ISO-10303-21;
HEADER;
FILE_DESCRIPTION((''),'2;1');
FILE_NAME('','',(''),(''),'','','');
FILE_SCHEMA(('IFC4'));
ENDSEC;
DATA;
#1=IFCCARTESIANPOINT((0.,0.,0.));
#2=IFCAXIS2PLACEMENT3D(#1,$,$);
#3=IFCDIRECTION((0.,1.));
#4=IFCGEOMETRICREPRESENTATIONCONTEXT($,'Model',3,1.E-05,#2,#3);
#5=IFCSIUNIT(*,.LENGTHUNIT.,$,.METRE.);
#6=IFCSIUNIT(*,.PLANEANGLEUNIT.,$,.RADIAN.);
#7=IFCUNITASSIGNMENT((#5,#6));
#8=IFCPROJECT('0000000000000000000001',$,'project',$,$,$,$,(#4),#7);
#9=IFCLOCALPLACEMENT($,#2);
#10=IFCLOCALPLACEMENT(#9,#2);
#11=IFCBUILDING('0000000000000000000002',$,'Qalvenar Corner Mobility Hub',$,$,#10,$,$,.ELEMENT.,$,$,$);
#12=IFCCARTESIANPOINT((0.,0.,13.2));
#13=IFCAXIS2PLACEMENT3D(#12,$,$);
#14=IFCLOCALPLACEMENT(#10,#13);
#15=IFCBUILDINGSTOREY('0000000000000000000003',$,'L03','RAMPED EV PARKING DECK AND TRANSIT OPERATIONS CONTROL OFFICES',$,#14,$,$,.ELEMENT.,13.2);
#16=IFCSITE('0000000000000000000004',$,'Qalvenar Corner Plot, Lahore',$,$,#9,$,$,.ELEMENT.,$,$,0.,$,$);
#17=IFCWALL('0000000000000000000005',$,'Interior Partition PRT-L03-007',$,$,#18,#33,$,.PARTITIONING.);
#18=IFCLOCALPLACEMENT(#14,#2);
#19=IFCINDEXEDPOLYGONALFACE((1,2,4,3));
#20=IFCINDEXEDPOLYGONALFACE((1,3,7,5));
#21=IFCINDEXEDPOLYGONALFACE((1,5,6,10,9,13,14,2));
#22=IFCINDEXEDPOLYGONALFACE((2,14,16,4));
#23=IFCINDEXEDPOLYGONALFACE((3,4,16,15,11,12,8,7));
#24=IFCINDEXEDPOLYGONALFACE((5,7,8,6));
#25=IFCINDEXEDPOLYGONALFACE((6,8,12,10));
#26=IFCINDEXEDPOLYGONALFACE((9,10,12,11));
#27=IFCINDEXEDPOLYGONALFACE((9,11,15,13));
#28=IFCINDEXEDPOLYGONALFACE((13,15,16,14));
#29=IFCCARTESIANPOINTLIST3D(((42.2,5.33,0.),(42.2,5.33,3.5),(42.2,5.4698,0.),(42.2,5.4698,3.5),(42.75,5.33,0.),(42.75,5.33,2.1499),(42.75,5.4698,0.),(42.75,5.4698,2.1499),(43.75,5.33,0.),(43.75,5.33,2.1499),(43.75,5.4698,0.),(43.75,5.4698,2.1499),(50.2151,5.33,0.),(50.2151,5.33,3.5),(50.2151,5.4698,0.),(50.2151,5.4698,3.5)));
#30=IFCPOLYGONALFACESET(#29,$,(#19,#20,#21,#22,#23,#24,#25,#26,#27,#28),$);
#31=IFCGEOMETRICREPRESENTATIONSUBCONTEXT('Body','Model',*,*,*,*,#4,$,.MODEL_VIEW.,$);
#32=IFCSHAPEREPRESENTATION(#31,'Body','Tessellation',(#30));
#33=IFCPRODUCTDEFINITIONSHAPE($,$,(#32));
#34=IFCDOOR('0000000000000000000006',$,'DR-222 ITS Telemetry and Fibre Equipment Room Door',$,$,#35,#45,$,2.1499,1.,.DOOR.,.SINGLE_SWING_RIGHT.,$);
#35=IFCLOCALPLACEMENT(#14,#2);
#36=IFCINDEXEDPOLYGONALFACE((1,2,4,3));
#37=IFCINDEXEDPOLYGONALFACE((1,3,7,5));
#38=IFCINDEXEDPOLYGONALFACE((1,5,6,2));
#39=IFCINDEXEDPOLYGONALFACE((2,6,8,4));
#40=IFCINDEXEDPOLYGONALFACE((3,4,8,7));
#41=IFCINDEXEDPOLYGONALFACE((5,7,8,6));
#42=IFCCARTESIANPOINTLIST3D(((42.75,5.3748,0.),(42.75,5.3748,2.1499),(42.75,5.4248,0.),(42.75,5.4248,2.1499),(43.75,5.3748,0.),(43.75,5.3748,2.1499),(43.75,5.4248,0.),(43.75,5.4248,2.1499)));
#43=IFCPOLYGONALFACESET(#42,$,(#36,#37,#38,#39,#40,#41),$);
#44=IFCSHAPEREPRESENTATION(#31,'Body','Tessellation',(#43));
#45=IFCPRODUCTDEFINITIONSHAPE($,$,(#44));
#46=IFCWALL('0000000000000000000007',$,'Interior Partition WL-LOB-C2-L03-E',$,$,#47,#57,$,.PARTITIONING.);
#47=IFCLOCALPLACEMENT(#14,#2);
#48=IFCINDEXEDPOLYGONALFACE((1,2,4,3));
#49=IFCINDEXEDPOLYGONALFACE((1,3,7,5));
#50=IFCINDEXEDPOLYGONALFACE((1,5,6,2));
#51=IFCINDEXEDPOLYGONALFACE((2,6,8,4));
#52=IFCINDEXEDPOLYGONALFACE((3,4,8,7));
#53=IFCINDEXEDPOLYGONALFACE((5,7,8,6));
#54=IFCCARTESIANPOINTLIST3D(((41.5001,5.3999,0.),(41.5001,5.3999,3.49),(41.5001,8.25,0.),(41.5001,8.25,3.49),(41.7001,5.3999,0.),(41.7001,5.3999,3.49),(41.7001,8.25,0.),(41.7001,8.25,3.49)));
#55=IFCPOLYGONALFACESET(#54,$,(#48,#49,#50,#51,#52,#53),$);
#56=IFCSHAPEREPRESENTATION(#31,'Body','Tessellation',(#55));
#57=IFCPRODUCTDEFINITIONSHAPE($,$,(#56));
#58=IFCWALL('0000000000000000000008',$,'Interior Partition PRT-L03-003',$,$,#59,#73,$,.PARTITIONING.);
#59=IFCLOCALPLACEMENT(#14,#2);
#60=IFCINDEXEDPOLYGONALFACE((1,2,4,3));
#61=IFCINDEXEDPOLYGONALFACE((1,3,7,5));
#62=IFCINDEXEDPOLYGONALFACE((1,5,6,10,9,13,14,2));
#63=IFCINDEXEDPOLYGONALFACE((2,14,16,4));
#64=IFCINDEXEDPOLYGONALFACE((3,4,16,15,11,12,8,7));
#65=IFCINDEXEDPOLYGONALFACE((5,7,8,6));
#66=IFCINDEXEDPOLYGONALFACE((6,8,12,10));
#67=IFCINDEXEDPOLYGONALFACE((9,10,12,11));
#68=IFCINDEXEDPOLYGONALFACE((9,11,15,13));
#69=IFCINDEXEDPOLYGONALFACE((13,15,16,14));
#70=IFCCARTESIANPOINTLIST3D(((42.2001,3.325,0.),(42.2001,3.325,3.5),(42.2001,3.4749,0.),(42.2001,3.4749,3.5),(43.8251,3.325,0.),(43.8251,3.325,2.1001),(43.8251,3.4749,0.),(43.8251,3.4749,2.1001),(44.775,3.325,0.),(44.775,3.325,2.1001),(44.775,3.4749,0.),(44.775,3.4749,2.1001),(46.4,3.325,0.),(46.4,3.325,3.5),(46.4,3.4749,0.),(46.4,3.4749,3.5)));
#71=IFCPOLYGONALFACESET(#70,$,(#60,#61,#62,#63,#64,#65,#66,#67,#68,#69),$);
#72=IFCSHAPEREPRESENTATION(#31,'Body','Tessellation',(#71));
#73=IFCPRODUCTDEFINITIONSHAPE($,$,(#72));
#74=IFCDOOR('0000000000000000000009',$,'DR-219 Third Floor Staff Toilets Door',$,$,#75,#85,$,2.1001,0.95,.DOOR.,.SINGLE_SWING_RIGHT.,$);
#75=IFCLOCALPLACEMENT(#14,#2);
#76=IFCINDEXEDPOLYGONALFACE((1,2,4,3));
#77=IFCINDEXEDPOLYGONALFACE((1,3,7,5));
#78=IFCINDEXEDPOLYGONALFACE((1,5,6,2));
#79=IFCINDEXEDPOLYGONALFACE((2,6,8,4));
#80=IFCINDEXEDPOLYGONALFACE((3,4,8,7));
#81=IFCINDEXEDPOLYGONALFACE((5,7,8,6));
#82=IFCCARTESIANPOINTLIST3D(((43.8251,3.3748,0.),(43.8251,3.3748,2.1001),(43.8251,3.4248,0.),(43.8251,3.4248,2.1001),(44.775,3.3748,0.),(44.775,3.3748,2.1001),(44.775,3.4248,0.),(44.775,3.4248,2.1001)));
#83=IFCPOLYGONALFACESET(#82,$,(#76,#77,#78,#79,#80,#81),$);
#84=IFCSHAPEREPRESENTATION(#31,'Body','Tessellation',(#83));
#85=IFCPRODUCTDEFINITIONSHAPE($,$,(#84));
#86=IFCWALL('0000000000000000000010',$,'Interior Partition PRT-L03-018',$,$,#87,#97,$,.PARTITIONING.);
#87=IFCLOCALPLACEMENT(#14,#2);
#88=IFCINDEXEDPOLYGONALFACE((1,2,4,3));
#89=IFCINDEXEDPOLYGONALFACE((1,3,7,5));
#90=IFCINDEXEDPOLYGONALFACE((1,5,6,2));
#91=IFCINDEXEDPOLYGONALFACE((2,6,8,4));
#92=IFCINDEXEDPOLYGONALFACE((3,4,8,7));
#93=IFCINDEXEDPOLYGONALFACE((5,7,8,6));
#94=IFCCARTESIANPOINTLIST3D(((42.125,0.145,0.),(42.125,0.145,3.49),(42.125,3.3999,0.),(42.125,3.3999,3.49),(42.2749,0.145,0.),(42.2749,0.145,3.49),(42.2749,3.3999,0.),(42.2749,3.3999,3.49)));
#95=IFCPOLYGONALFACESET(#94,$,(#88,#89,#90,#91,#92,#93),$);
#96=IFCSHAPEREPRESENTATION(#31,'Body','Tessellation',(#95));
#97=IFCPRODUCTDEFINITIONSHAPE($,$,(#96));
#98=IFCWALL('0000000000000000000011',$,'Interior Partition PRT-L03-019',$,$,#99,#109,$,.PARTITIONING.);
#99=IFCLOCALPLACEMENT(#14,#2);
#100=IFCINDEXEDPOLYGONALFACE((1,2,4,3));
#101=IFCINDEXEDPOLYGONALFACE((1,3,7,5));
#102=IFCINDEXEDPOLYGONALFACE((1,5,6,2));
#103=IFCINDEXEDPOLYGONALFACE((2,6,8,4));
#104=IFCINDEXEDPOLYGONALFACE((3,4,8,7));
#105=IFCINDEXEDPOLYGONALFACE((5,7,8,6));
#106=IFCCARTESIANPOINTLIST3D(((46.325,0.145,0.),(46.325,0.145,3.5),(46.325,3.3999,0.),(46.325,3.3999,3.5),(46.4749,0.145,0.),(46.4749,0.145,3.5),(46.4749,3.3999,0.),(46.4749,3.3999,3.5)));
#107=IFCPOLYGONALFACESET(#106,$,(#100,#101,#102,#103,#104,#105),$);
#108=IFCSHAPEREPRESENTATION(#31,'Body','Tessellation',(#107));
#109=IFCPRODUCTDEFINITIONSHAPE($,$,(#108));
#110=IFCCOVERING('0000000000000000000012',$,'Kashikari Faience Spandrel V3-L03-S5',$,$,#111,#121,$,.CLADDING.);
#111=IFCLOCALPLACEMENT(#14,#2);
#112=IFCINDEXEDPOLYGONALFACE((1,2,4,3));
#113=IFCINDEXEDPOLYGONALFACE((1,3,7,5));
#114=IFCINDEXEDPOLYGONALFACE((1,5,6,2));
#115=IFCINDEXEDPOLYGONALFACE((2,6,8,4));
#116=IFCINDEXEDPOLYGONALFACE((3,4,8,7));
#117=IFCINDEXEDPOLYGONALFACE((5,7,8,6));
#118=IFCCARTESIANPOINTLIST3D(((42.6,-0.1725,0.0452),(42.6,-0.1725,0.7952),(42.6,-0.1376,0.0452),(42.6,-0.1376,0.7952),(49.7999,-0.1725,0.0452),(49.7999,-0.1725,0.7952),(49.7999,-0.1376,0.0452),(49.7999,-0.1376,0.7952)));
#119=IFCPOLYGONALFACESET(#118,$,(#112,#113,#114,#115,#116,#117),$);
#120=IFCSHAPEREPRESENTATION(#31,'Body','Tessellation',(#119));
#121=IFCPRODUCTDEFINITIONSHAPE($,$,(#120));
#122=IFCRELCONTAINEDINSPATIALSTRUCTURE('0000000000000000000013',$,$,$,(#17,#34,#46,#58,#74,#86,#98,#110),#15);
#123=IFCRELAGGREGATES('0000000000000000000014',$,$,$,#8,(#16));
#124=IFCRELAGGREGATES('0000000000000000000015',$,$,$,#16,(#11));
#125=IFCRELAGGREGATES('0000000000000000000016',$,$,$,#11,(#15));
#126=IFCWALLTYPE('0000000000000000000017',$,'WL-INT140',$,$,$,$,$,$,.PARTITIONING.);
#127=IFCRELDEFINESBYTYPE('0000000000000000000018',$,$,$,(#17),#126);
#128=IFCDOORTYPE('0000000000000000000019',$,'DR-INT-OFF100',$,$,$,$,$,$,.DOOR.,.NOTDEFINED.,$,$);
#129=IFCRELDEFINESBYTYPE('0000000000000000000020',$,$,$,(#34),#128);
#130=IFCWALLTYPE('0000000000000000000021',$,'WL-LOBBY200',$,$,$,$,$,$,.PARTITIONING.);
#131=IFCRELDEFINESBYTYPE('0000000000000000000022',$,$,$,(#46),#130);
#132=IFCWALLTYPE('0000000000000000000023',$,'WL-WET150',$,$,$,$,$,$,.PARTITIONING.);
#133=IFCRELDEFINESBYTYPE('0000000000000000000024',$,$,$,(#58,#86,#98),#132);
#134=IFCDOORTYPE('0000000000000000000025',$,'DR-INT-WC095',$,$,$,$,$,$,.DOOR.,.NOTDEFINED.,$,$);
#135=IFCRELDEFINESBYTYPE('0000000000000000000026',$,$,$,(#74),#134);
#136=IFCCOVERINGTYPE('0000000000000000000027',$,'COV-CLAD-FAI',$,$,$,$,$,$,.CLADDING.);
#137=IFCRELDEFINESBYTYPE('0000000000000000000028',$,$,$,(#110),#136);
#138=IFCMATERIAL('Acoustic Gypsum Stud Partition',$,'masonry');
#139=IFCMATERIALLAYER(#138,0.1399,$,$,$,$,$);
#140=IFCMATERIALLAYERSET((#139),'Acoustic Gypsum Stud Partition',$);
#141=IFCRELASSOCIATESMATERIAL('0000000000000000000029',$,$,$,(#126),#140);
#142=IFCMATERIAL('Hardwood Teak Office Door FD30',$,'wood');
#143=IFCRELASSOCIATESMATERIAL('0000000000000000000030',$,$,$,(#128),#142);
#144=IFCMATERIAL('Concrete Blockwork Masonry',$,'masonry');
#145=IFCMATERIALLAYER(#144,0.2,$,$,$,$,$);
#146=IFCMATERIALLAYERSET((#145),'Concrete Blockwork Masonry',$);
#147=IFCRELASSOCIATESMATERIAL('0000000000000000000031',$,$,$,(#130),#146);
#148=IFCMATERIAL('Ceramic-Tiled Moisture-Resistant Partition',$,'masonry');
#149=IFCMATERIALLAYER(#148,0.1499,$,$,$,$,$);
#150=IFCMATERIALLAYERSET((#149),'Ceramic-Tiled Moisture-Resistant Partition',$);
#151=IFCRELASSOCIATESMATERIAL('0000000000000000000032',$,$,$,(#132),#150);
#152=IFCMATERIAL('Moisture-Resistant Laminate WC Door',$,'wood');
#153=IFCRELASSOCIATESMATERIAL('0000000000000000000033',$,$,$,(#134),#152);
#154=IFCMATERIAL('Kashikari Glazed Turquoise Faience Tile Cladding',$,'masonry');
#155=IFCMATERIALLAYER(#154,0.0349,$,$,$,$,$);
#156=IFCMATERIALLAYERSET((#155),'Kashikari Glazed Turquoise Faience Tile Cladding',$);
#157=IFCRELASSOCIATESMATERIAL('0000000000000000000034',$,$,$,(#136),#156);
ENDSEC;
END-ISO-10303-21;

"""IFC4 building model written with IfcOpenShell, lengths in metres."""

from ifc_helpers import new_model, si_unit, direction, frame, frame_2d, origin, origin_2d, place, context, subcontext, project, spatial, rectangle, extrude, material, layer, layer_set, type_object, element, fill, save


model = new_model("IFC4")

# Units and contexts
model_context = context("Model", 3, precision=1e-05, world=origin(), true_north=direction((0.0, 1.0)))
body_context = subcontext(model_context, "Body", "Model", "MODEL_VIEW")
ifc_project = project(units=[si_unit("LENGTHUNIT", "METRE"), si_unit("PLANEANGLEUNIT", "RADIAN")], contexts=[model_context])

# Site, building, storey
site_placement = place(None, origin())
site = spatial("IfcSite", under=ifc_project, at=site_placement, Name="Qalvenar Corner Plot, Lahore", CompositionType="ELEMENT", RefElevation=0.0)
building_placement = place(site_placement, origin())
building = spatial("IfcBuilding", under=site, at=building_placement, Name="Qalvenar Corner Mobility Hub", CompositionType="ELEMENT")
storey_placement = place(building_placement, frame((0.0, 0.0, 13.2)))
storey = spatial("IfcBuildingStorey", under=building, at=storey_placement, Name="L03", Description="RAMPED EV PARKING DECK AND TRANSIT OPERATIONS CONTROL OFFICES", CompositionType="ELEMENT", Elevation=13.2)

# Wall, opening, door
ifc_material_1 = material(Name="Acoustic Gypsum Stud Partition", Category="masonry")
ifc_layer_1 = layer(ifc_material_1, 0.1399)
ifc_layer_set_1 = layer_set([ifc_layer_1], Name="Acoustic Gypsum Stud Partition")
wall_type_1 = type_object("IfcWallType", Name="WL-INT140", PredefinedType="PARTITIONING", material=ifc_layer_set_1)
wall_1_placement = place(storey_placement, frame((42.2, 5.3999, 0.0), z_axis=(0.0, 0.0, 1.0), x_axis=(1.0, 0.0, 0.0)))
wall_1 = element("IfcWall", 1, at=wall_1_placement, inside=storey, type_object=wall_type_1, Name="Interior Partition PRT-L03-007", PredefinedType="PARTITIONING", context=body_context, shape_type="SweptSolid", body=[
    extrude(rectangle(XDim=8.0151, YDim=0.1399, at=frame_2d((4.0076, 0.0))), origin(), (0.0, 0.0, 1.0), 3.5),
])
opening_1_placement = place(wall_1_placement, frame((0.55, 0.0, 0.0)))
opening_1 = element("IfcOpeningElement", 2, at=opening_1_placement, cuts=wall_1, PredefinedType="OPENING", context=body_context, shape_type="SweptSolid", body=[
    extrude(rectangle(XDim=1.0, YDim=2.1499, at=frame_2d((0.5, 1.075))), frame((0.0, 0.0801, 0.0), z_axis=(0.0, -1.0, 0.0), x_axis=(1.0, 0.0, 0.0)), (0.0, 0.0, 1.0), 0.1599),
])
ifc_material_2 = material(Name="Hardwood Teak Office Door FD30", Category="wood")
door_type_1 = type_object("IfcDoorType", Name="DR-INT-OFF100", OperationType="NOTDEFINED", PredefinedType="DOOR", material=ifc_material_2)
door_1_placement = place(opening_1_placement, origin())
door_1 = element("IfcDoor", 3, at=door_1_placement, inside=storey, type_object=door_type_1, Name="DR-222 ITS Telemetry and Fibre Equipment Room Door", OperationType="SINGLE_SWING_RIGHT", OverallHeight=2.1499, OverallWidth=1.0, PredefinedType="DOOR", context=body_context, shape_type="SweptSolid", body=[
    extrude(rectangle(XDim=1.0, YDim=2.1499, at=frame_2d((0.5, 1.075))), frame((0.0, 0.0249, 0.0), z_axis=(0.0, -1.0, 0.0), x_axis=(1.0, 0.0, 0.0)), (0.0, 0.0, 1.0), 0.05),
])
fill(opening_1, door_1)

# Wall
ifc_material_3 = material(Name="Concrete Blockwork Masonry", Category="masonry")
ifc_layer_2 = layer(ifc_material_3, 0.2)
ifc_layer_set_2 = layer_set([ifc_layer_2], Name="Concrete Blockwork Masonry")
wall_type_2 = type_object("IfcWallType", Name="WL-LOBBY200", PredefinedType="PARTITIONING", material=ifc_layer_set_2)
wall_2_placement = place(storey_placement, frame((41.6001, 5.3999, 0.0), z_axis=(0.0, 0.0, 1.0), x_axis=(0.0, 1.0, 0.0)))
element("IfcWall", 4, at=wall_2_placement, inside=storey, type_object=wall_type_2, Name="Interior Partition WL-LOB-C2-L03-E", PredefinedType="PARTITIONING", context=body_context, shape_type="SweptSolid", body=[
    extrude(rectangle(XDim=2.8501, YDim=0.2, at=frame_2d((1.425, 0.0))), origin(), (0.0, 0.0, 1.0), 3.49),
])

# Wall, opening, door
ifc_material_4 = material(Name="Ceramic-Tiled Moisture-Resistant Partition", Category="masonry")
ifc_layer_3 = layer(ifc_material_4, 0.1499)
ifc_layer_set_3 = layer_set([ifc_layer_3], Name="Ceramic-Tiled Moisture-Resistant Partition")
wall_type_3 = type_object("IfcWallType", Name="WL-WET150", PredefinedType="PARTITIONING", material=ifc_layer_set_3)
wall_3_placement = place(storey_placement, frame((42.2, 3.3999, 0.0), z_axis=(0.0, 0.0, 1.0), x_axis=(1.0, 0.0, 0.0)))
wall_3 = element("IfcWall", 5, at=wall_3_placement, inside=storey, type_object=wall_type_3, Name="Interior Partition PRT-L03-003", PredefinedType="PARTITIONING", context=body_context, shape_type="SweptSolid", body=[
    extrude(rectangle(XDim=4.2, YDim=0.1499, at=frame_2d((2.1001, 0.0))), origin(), (0.0, 0.0, 1.0), 3.5),
])
opening_2_placement = place(wall_3_placement, frame((1.625, 0.0, 0.0)))
opening_2 = element("IfcOpeningElement", 6, at=opening_2_placement, cuts=wall_3, PredefinedType="OPENING", context=body_context, shape_type="SweptSolid", body=[
    extrude(rectangle(XDim=0.95, YDim=2.1001, at=frame_2d((0.4751, 1.05))), frame((0.0, 0.085, 0.0), z_axis=(0.0, -1.0, 0.0), x_axis=(1.0, 0.0, 0.0)), (0.0, 0.0, 1.0), 0.1699),
])
ifc_material_5 = material(Name="Moisture-Resistant Laminate WC Door", Category="wood")
door_type_2 = type_object("IfcDoorType", Name="DR-INT-WC095", OperationType="NOTDEFINED", PredefinedType="DOOR", material=ifc_material_5)
door_2_placement = place(opening_2_placement, origin())
door_2 = element("IfcDoor", 7, at=door_2_placement, inside=storey, type_object=door_type_2, Name="DR-219 Third Floor Staff Toilets Door", OperationType="SINGLE_SWING_RIGHT", OverallHeight=2.1001, OverallWidth=0.95, PredefinedType="DOOR", context=body_context, shape_type="SweptSolid", body=[
    extrude(rectangle(XDim=0.95, YDim=2.1001, at=frame_2d((0.4751, 1.05))), frame((0.0, 0.0249, 0.0), z_axis=(0.0, -1.0, 0.0), x_axis=(1.0, 0.0, 0.0)), (0.0, 0.0, 1.0), 0.05),
])
fill(opening_2, door_2)

# Walls
wall_4_placement = place(storey_placement, frame((42.2, 0.145, 0.0), z_axis=(0.0, 0.0, 1.0), x_axis=(0.0, 1.0, 0.0)))
element("IfcWall", 8, at=wall_4_placement, inside=storey, type_object=wall_type_3, Name="Interior Partition PRT-L03-018", PredefinedType="PARTITIONING", context=body_context, shape_type="SweptSolid", body=[
    extrude(rectangle(XDim=3.2549, YDim=0.1499, at=frame_2d((1.6274, 0.0))), origin(), (0.0, 0.0, 1.0), 3.49),
])
wall_5_placement = place(storey_placement, frame((46.3999, 0.145, 0.0), z_axis=(0.0, 0.0, 1.0), x_axis=(0.0, 1.0, 0.0)))
element("IfcWall", 9, at=wall_5_placement, inside=storey, type_object=wall_type_3, Name="Interior Partition PRT-L03-019", PredefinedType="PARTITIONING", context=body_context, shape_type="SweptSolid", body=[
    extrude(rectangle(XDim=3.2549, YDim=0.1499, at=frame_2d((1.6274, 0.0))), origin(), (0.0, 0.0, 1.0), 3.5),
])

# Covering
ifc_material_6 = material(Name="Kashikari Glazed Turquoise Faience Tile Cladding", Category="masonry")
ifc_layer_4 = layer(ifc_material_6, 0.0349)
ifc_layer_set_4 = layer_set([ifc_layer_4], Name="Kashikari Glazed Turquoise Faience Tile Cladding")
covering_type = type_object("IfcCoveringType", Name="COV-CLAD-FAI", PredefinedType="CLADDING", material=ifc_layer_set_4)
covering_placement = place(storey_placement, frame((46.2, -0.155, 0.0452), z_axis=(0.0, 0.0, 1.0), x_axis=(1.0, 0.0, 0.0)))
element("IfcCovering", 10, at=covering_placement, inside=storey, type_object=covering_type, Name="Kashikari Faience Spandrel V3-L03-S5", PredefinedType="CLADDING", context=body_context, shape_type="SweptSolid", body=[
    extrude(rectangle(XDim=7.2, YDim=0.0349, at=origin_2d()), origin(), (0.0, 0.0, 1.0), 0.75),
])

save(model, "model.ifc")
